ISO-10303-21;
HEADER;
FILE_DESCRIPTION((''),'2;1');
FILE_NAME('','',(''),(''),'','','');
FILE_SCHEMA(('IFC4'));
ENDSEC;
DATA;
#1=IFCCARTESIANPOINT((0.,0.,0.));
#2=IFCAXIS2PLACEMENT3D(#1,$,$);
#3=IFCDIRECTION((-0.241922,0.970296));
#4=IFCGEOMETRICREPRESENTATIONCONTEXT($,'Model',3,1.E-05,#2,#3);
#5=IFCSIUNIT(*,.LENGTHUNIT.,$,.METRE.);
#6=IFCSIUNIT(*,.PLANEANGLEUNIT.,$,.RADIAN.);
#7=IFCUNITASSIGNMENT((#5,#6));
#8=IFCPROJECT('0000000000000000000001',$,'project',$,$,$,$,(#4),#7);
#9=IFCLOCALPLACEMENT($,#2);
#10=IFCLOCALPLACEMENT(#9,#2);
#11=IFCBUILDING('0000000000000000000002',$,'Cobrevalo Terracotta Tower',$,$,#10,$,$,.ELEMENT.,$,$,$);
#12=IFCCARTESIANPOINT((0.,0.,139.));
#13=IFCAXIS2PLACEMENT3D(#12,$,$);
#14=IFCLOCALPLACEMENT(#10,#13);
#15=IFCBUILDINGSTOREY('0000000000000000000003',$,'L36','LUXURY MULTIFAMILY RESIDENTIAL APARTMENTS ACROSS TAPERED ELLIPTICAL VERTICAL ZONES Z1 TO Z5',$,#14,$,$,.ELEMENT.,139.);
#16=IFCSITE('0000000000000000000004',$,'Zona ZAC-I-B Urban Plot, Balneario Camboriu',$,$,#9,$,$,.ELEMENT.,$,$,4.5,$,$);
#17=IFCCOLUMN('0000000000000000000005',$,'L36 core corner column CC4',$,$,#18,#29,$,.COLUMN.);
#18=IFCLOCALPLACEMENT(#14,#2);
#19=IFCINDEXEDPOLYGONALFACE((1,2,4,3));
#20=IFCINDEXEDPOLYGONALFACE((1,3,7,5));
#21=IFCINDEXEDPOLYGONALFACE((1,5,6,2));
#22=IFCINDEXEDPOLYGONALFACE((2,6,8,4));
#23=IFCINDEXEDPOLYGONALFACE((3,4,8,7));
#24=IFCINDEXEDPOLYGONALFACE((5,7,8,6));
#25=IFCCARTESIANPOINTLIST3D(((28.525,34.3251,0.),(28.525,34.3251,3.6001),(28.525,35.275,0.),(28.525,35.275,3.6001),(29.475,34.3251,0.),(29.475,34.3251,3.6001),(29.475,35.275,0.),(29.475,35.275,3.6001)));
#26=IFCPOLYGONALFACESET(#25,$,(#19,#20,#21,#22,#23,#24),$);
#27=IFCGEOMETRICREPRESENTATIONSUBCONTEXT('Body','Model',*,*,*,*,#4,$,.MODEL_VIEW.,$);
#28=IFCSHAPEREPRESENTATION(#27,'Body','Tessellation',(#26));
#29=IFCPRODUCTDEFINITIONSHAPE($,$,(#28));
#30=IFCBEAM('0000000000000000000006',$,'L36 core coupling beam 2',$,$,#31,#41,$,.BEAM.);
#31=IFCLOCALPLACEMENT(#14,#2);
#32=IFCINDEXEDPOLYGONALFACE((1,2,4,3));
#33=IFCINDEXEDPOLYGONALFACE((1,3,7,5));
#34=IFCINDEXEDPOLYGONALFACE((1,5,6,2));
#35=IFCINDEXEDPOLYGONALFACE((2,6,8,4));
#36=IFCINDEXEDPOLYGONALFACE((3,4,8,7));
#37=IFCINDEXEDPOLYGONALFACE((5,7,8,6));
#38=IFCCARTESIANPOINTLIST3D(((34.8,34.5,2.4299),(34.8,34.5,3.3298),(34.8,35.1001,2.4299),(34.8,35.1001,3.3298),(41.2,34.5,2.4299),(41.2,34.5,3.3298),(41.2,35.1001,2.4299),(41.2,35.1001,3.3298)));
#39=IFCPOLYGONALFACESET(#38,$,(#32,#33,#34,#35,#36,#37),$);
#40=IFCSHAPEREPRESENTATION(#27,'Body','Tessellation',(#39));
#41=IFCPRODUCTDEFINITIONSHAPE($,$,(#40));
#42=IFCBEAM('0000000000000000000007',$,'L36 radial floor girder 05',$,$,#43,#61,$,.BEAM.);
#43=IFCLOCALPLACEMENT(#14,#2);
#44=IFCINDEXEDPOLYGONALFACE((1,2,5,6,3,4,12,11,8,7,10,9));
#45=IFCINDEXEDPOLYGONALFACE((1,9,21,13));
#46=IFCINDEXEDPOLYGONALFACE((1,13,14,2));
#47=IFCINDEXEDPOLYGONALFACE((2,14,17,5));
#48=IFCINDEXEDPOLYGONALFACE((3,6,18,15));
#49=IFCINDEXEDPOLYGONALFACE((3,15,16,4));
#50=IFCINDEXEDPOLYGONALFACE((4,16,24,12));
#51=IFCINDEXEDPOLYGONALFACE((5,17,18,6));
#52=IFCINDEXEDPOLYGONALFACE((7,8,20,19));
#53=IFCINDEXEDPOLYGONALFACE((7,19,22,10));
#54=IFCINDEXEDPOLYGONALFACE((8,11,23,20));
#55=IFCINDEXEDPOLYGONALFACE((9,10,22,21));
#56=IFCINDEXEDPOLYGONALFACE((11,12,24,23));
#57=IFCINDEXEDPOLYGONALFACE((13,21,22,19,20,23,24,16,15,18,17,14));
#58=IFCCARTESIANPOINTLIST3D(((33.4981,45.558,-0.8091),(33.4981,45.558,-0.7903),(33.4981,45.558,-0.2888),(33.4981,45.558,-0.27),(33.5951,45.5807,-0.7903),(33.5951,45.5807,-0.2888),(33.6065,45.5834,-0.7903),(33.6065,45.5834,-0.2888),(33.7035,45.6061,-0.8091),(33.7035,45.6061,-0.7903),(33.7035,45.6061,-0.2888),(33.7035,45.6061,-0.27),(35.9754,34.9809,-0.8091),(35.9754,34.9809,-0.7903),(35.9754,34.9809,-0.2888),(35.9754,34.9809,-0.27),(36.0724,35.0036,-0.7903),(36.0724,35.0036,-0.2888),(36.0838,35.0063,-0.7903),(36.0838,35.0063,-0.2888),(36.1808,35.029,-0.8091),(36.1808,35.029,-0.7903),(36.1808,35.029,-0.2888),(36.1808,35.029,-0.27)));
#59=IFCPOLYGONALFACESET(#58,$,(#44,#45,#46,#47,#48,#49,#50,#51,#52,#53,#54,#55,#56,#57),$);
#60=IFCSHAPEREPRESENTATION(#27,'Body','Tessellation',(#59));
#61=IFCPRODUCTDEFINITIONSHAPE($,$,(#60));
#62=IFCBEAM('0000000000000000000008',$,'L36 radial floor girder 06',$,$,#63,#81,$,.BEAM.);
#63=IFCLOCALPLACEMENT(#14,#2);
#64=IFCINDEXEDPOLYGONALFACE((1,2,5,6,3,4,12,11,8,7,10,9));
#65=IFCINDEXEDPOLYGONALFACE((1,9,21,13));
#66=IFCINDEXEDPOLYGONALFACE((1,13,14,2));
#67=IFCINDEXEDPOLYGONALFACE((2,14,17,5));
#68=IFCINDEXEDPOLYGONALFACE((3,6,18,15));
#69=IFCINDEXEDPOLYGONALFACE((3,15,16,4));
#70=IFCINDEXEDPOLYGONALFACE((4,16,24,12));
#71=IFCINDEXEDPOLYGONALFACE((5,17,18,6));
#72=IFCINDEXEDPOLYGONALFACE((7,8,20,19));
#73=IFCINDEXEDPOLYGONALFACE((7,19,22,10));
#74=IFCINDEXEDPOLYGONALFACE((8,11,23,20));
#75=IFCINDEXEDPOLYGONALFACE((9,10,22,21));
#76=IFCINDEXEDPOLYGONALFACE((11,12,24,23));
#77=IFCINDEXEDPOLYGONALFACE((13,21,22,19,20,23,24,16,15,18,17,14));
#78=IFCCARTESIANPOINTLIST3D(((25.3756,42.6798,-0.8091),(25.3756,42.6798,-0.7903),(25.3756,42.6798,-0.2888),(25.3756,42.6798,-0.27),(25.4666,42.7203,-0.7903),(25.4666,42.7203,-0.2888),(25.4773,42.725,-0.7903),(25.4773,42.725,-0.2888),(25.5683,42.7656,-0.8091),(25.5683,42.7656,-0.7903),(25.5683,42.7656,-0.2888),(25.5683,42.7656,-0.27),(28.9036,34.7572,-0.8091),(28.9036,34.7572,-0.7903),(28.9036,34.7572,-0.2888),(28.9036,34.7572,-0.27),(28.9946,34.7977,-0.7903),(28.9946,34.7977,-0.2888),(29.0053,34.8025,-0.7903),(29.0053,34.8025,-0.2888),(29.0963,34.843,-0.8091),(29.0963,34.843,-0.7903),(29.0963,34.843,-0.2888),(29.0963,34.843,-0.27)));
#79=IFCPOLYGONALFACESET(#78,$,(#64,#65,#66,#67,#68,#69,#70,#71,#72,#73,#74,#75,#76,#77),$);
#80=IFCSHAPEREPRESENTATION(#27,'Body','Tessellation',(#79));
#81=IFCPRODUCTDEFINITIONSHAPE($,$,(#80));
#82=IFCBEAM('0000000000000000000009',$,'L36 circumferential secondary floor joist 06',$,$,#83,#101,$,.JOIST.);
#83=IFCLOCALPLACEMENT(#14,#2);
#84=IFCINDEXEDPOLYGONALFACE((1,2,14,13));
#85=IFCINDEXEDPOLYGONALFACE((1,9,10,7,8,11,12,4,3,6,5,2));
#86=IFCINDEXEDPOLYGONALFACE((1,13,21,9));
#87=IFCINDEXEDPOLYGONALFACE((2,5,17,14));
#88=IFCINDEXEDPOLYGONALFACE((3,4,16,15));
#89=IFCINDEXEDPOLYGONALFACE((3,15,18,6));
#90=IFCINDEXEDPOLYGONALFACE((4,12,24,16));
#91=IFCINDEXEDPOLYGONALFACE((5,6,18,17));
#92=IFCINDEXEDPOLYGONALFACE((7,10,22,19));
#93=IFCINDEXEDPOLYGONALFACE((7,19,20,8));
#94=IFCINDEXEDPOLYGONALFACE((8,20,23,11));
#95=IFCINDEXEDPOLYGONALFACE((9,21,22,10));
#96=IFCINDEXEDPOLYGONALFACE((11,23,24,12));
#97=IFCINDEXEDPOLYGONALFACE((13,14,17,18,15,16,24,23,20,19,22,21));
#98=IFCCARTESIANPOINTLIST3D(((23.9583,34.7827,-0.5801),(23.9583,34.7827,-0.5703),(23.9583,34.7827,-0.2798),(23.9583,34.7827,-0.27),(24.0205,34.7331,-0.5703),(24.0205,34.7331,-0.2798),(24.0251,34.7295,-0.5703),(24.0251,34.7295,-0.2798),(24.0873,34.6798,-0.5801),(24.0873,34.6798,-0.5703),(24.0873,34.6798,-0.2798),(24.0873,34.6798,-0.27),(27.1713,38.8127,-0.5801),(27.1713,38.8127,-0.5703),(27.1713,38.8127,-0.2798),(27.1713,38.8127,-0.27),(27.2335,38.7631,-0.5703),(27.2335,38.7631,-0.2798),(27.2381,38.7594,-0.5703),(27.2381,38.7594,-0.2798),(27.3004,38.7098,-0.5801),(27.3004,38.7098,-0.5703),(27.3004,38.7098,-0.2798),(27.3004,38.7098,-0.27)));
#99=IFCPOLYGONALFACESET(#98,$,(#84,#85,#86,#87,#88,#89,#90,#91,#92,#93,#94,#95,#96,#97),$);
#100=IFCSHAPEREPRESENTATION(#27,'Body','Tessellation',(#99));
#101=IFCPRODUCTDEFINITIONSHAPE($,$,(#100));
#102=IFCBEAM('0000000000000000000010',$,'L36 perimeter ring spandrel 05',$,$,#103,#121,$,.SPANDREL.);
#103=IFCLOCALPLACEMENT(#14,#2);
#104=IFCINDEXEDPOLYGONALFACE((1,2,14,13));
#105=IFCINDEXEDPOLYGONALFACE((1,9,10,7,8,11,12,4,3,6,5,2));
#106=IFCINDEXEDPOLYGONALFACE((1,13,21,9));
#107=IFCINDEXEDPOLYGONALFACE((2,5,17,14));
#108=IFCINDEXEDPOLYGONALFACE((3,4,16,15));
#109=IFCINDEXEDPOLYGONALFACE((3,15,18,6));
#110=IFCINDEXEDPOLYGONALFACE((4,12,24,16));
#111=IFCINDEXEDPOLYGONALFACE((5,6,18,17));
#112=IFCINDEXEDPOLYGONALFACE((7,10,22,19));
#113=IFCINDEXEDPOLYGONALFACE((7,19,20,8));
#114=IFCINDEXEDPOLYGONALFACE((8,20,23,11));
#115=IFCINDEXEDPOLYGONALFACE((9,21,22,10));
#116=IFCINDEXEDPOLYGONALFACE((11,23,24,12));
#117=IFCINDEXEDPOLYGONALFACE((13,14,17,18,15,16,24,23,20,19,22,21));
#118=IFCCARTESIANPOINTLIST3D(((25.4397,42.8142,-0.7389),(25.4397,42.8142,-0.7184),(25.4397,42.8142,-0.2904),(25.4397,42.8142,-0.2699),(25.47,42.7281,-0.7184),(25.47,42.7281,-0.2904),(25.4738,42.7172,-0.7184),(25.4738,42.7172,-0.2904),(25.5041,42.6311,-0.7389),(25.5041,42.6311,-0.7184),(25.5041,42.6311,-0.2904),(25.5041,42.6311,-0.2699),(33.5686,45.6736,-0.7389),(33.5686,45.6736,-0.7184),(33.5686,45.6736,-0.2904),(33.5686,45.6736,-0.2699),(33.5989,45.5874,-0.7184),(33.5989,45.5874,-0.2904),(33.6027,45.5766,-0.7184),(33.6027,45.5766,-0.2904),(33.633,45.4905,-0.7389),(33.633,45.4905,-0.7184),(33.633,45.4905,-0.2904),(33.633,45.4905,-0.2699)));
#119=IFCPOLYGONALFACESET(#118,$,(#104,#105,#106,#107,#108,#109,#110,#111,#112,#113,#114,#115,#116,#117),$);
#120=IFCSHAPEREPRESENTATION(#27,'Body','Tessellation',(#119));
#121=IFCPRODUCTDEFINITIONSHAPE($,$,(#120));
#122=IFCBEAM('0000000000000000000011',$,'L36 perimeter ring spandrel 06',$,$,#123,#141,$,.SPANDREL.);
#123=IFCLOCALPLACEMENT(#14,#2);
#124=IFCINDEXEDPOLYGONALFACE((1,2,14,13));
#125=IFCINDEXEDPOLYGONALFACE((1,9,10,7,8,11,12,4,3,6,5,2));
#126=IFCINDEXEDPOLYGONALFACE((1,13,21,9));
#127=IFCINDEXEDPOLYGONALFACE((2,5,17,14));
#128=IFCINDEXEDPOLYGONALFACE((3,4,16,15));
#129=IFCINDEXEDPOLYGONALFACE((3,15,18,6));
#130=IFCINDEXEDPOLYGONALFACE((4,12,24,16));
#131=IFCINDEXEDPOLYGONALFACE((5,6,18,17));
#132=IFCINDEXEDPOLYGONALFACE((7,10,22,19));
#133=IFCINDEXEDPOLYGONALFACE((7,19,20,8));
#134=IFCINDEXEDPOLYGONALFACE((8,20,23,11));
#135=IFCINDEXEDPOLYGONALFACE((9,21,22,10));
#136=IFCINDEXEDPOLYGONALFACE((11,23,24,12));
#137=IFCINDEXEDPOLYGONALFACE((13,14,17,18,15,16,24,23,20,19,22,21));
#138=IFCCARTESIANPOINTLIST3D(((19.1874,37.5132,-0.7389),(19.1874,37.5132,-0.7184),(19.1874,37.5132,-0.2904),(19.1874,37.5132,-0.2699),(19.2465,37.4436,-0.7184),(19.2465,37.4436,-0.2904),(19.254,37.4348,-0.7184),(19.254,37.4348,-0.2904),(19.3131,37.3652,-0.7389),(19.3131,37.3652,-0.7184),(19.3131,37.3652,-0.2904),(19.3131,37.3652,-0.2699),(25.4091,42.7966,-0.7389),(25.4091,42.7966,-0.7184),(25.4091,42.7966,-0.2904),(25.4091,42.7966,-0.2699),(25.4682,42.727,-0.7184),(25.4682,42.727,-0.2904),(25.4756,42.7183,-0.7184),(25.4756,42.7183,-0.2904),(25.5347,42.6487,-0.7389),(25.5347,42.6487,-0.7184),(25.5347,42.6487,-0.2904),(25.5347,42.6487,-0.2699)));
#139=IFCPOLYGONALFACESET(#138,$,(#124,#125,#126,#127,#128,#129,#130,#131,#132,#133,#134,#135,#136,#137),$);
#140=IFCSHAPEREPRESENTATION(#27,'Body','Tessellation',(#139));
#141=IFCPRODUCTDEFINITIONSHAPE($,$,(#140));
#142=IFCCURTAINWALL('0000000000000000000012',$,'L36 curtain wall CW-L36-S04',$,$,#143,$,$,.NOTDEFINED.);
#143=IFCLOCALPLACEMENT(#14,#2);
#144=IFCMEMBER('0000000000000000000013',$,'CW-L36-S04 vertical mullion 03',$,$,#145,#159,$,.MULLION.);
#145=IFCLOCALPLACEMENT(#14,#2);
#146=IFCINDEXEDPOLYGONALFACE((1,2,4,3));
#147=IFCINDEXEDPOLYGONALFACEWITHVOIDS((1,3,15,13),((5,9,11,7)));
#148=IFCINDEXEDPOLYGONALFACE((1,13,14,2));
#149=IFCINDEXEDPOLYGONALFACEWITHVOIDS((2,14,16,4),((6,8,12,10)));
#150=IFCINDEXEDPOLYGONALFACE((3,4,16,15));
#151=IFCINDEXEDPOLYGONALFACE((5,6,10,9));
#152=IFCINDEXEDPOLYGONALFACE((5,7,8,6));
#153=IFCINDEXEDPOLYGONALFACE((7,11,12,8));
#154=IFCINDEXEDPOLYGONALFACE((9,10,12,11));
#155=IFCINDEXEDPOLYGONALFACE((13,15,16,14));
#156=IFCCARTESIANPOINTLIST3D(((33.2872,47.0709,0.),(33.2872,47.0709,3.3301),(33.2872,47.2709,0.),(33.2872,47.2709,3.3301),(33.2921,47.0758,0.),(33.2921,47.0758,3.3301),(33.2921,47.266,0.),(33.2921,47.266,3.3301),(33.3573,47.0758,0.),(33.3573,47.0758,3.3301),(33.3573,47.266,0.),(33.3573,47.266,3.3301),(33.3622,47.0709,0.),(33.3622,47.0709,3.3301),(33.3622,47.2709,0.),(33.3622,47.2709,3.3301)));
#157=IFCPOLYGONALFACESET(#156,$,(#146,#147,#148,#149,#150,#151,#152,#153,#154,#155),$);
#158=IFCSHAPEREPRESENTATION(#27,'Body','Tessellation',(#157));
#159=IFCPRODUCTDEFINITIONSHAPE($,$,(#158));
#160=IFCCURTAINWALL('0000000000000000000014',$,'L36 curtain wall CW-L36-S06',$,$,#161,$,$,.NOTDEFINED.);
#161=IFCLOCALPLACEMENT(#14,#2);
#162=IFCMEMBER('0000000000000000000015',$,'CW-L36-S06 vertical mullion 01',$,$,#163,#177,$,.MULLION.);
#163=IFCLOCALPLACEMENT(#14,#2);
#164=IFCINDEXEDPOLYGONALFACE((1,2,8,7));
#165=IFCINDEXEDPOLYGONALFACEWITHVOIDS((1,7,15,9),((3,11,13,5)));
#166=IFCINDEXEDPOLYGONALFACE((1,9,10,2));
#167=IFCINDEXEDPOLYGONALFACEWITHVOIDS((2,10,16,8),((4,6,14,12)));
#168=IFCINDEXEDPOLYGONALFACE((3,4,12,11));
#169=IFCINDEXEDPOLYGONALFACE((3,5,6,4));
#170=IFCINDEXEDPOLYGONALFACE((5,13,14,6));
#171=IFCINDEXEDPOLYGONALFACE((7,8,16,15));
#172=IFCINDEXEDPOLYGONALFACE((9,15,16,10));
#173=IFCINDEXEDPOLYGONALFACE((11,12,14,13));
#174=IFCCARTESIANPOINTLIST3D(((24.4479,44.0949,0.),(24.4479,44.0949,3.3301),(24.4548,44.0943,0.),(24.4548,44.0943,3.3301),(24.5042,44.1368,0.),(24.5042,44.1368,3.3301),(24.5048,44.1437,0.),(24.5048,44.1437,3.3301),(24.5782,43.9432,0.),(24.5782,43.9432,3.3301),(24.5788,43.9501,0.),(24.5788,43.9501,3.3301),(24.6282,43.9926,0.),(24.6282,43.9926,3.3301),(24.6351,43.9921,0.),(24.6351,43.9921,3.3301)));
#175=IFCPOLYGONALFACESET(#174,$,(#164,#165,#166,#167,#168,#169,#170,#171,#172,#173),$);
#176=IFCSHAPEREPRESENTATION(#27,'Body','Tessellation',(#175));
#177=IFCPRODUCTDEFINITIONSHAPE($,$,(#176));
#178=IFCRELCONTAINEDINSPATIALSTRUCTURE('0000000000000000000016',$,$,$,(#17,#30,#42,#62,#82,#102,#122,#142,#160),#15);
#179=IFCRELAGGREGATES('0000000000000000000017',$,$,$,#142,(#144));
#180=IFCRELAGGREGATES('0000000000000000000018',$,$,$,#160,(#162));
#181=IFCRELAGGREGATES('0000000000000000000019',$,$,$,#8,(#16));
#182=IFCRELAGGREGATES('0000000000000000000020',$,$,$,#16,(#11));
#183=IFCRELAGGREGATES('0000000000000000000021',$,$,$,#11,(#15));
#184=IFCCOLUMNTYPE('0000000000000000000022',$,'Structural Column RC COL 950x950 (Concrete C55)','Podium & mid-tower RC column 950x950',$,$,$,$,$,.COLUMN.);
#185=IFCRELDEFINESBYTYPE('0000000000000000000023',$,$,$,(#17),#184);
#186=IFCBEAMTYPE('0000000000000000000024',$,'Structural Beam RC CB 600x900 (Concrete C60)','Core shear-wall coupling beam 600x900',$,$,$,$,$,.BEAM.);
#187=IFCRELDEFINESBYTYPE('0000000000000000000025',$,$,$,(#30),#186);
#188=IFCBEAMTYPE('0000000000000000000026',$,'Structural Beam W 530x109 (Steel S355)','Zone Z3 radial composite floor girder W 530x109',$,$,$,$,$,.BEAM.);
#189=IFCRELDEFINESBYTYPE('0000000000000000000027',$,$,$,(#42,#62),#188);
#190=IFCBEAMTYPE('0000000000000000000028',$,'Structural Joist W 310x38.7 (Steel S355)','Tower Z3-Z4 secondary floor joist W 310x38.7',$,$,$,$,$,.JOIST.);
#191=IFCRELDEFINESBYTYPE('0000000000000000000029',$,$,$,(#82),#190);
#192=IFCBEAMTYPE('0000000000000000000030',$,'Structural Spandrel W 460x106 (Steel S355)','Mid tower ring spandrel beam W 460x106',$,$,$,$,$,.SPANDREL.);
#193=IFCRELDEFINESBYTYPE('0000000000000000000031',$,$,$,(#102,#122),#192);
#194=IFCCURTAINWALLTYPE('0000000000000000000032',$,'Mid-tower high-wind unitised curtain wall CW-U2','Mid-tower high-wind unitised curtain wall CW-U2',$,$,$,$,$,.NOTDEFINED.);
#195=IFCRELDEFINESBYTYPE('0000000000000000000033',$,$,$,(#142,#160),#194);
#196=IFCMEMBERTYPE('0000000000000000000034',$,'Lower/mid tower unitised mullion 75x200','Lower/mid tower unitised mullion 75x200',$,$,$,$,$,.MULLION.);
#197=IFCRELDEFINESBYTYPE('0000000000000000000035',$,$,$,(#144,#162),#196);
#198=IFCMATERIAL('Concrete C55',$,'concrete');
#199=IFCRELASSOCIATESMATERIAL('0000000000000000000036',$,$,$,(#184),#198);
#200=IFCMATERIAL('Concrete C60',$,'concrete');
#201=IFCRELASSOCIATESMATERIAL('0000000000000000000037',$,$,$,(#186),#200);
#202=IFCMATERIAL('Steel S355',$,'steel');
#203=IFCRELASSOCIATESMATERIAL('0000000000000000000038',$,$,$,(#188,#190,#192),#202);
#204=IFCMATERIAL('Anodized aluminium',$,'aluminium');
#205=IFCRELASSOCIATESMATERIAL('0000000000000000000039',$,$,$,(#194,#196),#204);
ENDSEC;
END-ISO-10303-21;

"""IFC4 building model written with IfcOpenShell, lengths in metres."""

from ifc_helpers import new_model, si_unit, direction, frame, origin, origin_2d, place, context, subcontext, project, spatial, rectangle, hollow_rectangle, i_section, extrude, source, transform, mapped, material, material_profile, profile_set, type_object, element, aggregate, save


model = new_model("IFC4")

# Units and contexts
model_context = context("Model", 3, precision=1e-05, world=origin(), true_north=direction((-0.241922, 0.970296)))
body_context = subcontext(model_context, "Body", "Model", "MODEL_VIEW")
ifc_project = project(units=[si_unit("LENGTHUNIT", "METRE"), si_unit("PLANEANGLEUNIT", "RADIAN")], contexts=[model_context])

# Site, building, storey
site_placement = place(None, origin())
site = spatial("IfcSite", under=ifc_project, at=site_placement, Name="Zona ZAC-I-B Urban Plot, Balneario Camboriu", CompositionType="ELEMENT", RefElevation=4.5)
building_placement = place(site_placement, origin())
building = spatial("IfcBuilding", under=site, at=building_placement, Name="Cobrevalo Terracotta Tower", CompositionType="ELEMENT")
storey_placement = place(building_placement, frame((0.0, 0.0, 139.0)))
storey = spatial("IfcBuildingStorey", under=building, at=storey_placement, Name="L36", Description="LUXURY MULTIFAMILY RESIDENTIAL APARTMENTS ACROSS TAPERED ELLIPTICAL VERTICAL ZONES Z1 TO Z5", CompositionType="ELEMENT", Elevation=139.0)

# Column
ifc_material_1 = material(Name="Steel S355", Category="steel")
ifc_material_2 = material(Name="Concrete C55", Category="concrete")
ifc_material_profile_1 = material_profile(ifc_material_2, rectangle(XDim=0.95, YDim=0.95, at=origin_2d()), Name="RC COL 950x950")
ifc_profile_set_1 = profile_set([ifc_material_profile_1], Name="Concrete C55")
column_type_1 = type_object("IfcColumnType", Name="Structural Column RC COL 950x950 (Concrete C55)", Description="Podium & mid-tower RC column 950x950", PredefinedType="COLUMN", material=ifc_profile_set_1)
column_placement = place(storey_placement, frame((29.0, 34.8, 0.0), z_axis=(0.0, 0.0, 1.0), x_axis=(1.0, 0.0, 0.0)))
element("IfcColumn", 1, at=column_placement, inside=storey, type_object=column_type_1, Name="L36 core corner column CC4", PredefinedType="COLUMN", context=body_context, shape_type="SweptSolid", body=[
    extrude(rectangle(XDim=0.95, YDim=0.95, at=origin_2d()), origin(), (0.0, 0.0, 1.0), 3.6001),
])

# Beams
ifc_material_3 = material(Name="Concrete C60", Category="concrete")
ifc_material_profile_2 = material_profile(ifc_material_3, rectangle(XDim=0.6001, YDim=0.8999, at=origin_2d()), Name="RC CB 600x900")
ifc_profile_set_2 = profile_set([ifc_material_profile_2], Name="Concrete C60")
beam_type_1 = type_object("IfcBeamType", Name="Structural Beam RC CB 600x900 (Concrete C60)", Description="Core shear-wall coupling beam 600x900", PredefinedType="BEAM", material=ifc_profile_set_2)
beam_1_placement = place(storey_placement, frame((34.8, 34.8, 2.8799), z_axis=(1.0, 0.0, 0.0), x_axis=(0.0, 1.0, 0.0)))
element("IfcBeam", 2, at=beam_1_placement, inside=storey, type_object=beam_type_1, Name="L36 core coupling beam 2", PredefinedType="BEAM", context=body_context, shape_type="SweptSolid", body=[
    extrude(rectangle(XDim=0.6001, YDim=0.8999, at=origin_2d()), origin(), (0.0, 0.0, 1.0), 6.3999),
])
ifc_material_profile_3 = material_profile(ifc_material_1, i_section(OverallWidth=0.2109, OverallDepth=0.5391, WebThickness=0.0117, FlangeThickness=0.0188, at=origin_2d()), Name="W 530x109")
ifc_profile_set_3 = profile_set([ifc_material_profile_3], Name="Steel S355")
beam_type_2 = type_object("IfcBeamType", Name="Structural Beam W 530x109 (Steel S355)", Description="Zone Z3 radial composite floor girder W 530x109", PredefinedType="BEAM", material=ifc_profile_set_3)
beam_2_placement = place(storey_placement, frame((33.6008, 45.582, -0.5396), z_axis=(0.228041, -0.973652, 0.0), x_axis=(0.973652, 0.228041, 0.0)))
element("IfcBeam", 3, at=beam_2_placement, inside=storey, type_object=beam_type_2, Name="L36 radial floor girder 05", PredefinedType="BEAM", context=body_context, shape_type="SweptSolid", body=[
    extrude(i_section(OverallWidth=0.2109, OverallDepth=0.5391, WebThickness=0.0117, FlangeThickness=0.0188, at=origin_2d()), origin(), (0.0, 0.0, 1.0), 10.8633),
])
beam_3_placement = place(storey_placement, frame((25.4719, 42.7227, -0.5396), z_axis=(0.406804, -0.913515, 0.0), x_axis=(0.913515, 0.406804, 0.0)))
element("IfcBeam", 4, at=beam_3_placement, inside=storey, type_object=beam_type_2, Name="L36 radial floor girder 06", PredefinedType="BEAM", context=body_context, shape_type="SweptSolid", body=[
    extrude(i_section(OverallWidth=0.2109, OverallDepth=0.5391, WebThickness=0.0117, FlangeThickness=0.0188, at=origin_2d()), origin(), (0.0, 0.0, 1.0), 8.6726),
])
ifc_material_profile_4 = material_profile(ifc_material_1, i_section(OverallWidth=0.165, OverallDepth=0.3101, WebThickness=0.0059, FlangeThickness=0.0098, at=origin_2d()), Name="W 310x38.7")
ifc_profile_set_4 = profile_set([ifc_material_profile_4], Name="Steel S355")
beam_type_3 = type_object("IfcBeamType", Name="Structural Joist W 310x38.7 (Steel S355)", Description="Tower Z3-Z4 secondary floor joist W 310x38.7", PredefinedType="JOIST", material=ifc_profile_set_4)
beam_4_placement = place(storey_placement, frame((27.2358, 38.7612, -0.425), z_axis=(-0.623406, -0.781898, 0.0), x_axis=(0.781898, -0.623406, 0.0)))
element("IfcBeam", 5, at=beam_4_placement, inside=storey, type_object=beam_type_3, Name="L36 circumferential secondary floor joist 06", PredefinedType="JOIST", context=body_context, shape_type="SweptSolid", body=[
    extrude(i_section(OverallWidth=0.165, OverallDepth=0.3101, WebThickness=0.0059, FlangeThickness=0.0098, at=origin_2d()), origin(), (0.0, 0.0, 1.0), 5.1541),
])
ifc_material_profile_5 = material_profile(ifc_material_1, i_section(OverallWidth=0.1941, OverallDepth=0.469, WebThickness=0.0115, FlangeThickness=0.0205, at=origin_2d()), Name="W 460x106")
ifc_profile_set_5 = profile_set([ifc_material_profile_5], Name="Steel S355")
beam_type_4 = type_object("IfcBeamType", Name="Structural Spandrel W 460x106 (Steel S355)", Description="Mid tower ring spandrel beam W 460x106", PredefinedType="SPANDREL", material=ifc_profile_set_5)
beam_5_placement = place(storey_placement, frame((33.6008, 45.582, -0.5044), z_axis=(-0.943341, -0.331824, 0.0), x_axis=(0.331824, -0.943341, 0.0)))
element("IfcBeam", 6, at=beam_5_placement, inside=storey, type_object=beam_type_4, Name="L36 perimeter ring spandrel 05", PredefinedType="SPANDREL", context=body_context, shape_type="SweptSolid", body=[
    extrude(i_section(OverallWidth=0.1941, OverallDepth=0.469, WebThickness=0.0115, FlangeThickness=0.0205, at=origin_2d()), origin(), (0.0, 0.0, 1.0), 8.6172),
])
beam_6_placement = place(storey_placement, frame((25.4719, 42.7227, -0.5044), z_axis=(-0.76224, -0.647294, 0.0), x_axis=(0.647294, -0.76224, 0.0)))
element("IfcBeam", 7, at=beam_6_placement, inside=storey, type_object=beam_type_4, Name="L36 perimeter ring spandrel 06", PredefinedType="SPANDREL", context=body_context, shape_type="SweptSolid", body=[
    extrude(i_section(OverallWidth=0.1941, OverallDepth=0.469, WebThickness=0.0115, FlangeThickness=0.0205, at=origin_2d()), origin(), (0.0, 0.0, 1.0), 8.1624),
])

# Curtain walls, members
ifc_material_4 = material(Name="Anodized aluminium", Category="aluminium")
curtain_wall_type = type_object("IfcCurtainWallType", Name="Mid-tower high-wind unitised curtain wall CW-U2", Description="Mid-tower high-wind unitised curtain wall CW-U2", PredefinedType="NOTDEFINED", material=ifc_material_4)
curtain_wall_1_placement = place(storey_placement, origin())
curtain_wall_1 = element("IfcCurtainWall", 8, at=curtain_wall_1_placement, inside=storey, type_object=curtain_wall_type, Name="L36 curtain wall CW-L36-S04", PredefinedType="NOTDEFINED")
ifc_material_profile_6 = material_profile(ifc_material_4, hollow_rectangle(XDim=0.075, YDim=0.2, WallThickness=0.0049, at=origin_2d()), Name="CWM 75x200")
ifc_profile_set_6 = profile_set([ifc_material_profile_6], Name="Anodized aluminium")
member_type = type_object("IfcMemberType", Name="Lower/mid tower unitised mullion 75x200", Description="Lower/mid tower unitised mullion 75x200", PredefinedType="MULLION", material=ifc_profile_set_6)
shared_shape_1 = source(origin(), body_context, "Body", "SweptSolid", [
    extrude(hollow_rectangle(XDim=0.075, YDim=0.2, WallThickness=0.0049, at=origin_2d()), origin(), (0.0, 0.0, 1.0), 3.3301),
])
member_1_placement = place(storey_placement, frame((33.3247, 47.1709, 0.0), z_axis=(0.0, 0.0, 1.0), x_axis=(-1.0, 0.0, 0.0)))
member_1 = element("IfcMember", 9, at=member_1_placement, type_object=member_type, Name="CW-L36-S04 vertical mullion 03", PredefinedType="MULLION", context=body_context, shape_type="MappedRepresentation", body=[
    mapped(shared_shape_1, transform((0.0, 0.0, 0.0), scale=1.0)),
])
aggregate(curtain_wall_1, [member_1])
curtain_wall_2_placement = place(storey_placement, origin())
curtain_wall_2 = element("IfcCurtainWall", 10, at=curtain_wall_2_placement, inside=storey, type_object=curtain_wall_type, Name="L36 curtain wall CW-L36-S06", PredefinedType="NOTDEFINED")
member_2_placement = place(storey_placement, frame((24.5415, 44.0435, 0.0), z_axis=(0.0, 0.0, 1.0), x_axis=(-0.758442, -0.651741, 0.0)))
member_2 = element("IfcMember", 11, at=member_2_placement, type_object=member_type, Name="CW-L36-S06 vertical mullion 01", PredefinedType="MULLION", context=body_context, shape_type="MappedRepresentation", body=[
    mapped(shared_shape_1, transform((0.0, 0.0, 0.0), scale=1.0)),
])
aggregate(curtain_wall_2, [member_2])

save(model, "model.ifc")
